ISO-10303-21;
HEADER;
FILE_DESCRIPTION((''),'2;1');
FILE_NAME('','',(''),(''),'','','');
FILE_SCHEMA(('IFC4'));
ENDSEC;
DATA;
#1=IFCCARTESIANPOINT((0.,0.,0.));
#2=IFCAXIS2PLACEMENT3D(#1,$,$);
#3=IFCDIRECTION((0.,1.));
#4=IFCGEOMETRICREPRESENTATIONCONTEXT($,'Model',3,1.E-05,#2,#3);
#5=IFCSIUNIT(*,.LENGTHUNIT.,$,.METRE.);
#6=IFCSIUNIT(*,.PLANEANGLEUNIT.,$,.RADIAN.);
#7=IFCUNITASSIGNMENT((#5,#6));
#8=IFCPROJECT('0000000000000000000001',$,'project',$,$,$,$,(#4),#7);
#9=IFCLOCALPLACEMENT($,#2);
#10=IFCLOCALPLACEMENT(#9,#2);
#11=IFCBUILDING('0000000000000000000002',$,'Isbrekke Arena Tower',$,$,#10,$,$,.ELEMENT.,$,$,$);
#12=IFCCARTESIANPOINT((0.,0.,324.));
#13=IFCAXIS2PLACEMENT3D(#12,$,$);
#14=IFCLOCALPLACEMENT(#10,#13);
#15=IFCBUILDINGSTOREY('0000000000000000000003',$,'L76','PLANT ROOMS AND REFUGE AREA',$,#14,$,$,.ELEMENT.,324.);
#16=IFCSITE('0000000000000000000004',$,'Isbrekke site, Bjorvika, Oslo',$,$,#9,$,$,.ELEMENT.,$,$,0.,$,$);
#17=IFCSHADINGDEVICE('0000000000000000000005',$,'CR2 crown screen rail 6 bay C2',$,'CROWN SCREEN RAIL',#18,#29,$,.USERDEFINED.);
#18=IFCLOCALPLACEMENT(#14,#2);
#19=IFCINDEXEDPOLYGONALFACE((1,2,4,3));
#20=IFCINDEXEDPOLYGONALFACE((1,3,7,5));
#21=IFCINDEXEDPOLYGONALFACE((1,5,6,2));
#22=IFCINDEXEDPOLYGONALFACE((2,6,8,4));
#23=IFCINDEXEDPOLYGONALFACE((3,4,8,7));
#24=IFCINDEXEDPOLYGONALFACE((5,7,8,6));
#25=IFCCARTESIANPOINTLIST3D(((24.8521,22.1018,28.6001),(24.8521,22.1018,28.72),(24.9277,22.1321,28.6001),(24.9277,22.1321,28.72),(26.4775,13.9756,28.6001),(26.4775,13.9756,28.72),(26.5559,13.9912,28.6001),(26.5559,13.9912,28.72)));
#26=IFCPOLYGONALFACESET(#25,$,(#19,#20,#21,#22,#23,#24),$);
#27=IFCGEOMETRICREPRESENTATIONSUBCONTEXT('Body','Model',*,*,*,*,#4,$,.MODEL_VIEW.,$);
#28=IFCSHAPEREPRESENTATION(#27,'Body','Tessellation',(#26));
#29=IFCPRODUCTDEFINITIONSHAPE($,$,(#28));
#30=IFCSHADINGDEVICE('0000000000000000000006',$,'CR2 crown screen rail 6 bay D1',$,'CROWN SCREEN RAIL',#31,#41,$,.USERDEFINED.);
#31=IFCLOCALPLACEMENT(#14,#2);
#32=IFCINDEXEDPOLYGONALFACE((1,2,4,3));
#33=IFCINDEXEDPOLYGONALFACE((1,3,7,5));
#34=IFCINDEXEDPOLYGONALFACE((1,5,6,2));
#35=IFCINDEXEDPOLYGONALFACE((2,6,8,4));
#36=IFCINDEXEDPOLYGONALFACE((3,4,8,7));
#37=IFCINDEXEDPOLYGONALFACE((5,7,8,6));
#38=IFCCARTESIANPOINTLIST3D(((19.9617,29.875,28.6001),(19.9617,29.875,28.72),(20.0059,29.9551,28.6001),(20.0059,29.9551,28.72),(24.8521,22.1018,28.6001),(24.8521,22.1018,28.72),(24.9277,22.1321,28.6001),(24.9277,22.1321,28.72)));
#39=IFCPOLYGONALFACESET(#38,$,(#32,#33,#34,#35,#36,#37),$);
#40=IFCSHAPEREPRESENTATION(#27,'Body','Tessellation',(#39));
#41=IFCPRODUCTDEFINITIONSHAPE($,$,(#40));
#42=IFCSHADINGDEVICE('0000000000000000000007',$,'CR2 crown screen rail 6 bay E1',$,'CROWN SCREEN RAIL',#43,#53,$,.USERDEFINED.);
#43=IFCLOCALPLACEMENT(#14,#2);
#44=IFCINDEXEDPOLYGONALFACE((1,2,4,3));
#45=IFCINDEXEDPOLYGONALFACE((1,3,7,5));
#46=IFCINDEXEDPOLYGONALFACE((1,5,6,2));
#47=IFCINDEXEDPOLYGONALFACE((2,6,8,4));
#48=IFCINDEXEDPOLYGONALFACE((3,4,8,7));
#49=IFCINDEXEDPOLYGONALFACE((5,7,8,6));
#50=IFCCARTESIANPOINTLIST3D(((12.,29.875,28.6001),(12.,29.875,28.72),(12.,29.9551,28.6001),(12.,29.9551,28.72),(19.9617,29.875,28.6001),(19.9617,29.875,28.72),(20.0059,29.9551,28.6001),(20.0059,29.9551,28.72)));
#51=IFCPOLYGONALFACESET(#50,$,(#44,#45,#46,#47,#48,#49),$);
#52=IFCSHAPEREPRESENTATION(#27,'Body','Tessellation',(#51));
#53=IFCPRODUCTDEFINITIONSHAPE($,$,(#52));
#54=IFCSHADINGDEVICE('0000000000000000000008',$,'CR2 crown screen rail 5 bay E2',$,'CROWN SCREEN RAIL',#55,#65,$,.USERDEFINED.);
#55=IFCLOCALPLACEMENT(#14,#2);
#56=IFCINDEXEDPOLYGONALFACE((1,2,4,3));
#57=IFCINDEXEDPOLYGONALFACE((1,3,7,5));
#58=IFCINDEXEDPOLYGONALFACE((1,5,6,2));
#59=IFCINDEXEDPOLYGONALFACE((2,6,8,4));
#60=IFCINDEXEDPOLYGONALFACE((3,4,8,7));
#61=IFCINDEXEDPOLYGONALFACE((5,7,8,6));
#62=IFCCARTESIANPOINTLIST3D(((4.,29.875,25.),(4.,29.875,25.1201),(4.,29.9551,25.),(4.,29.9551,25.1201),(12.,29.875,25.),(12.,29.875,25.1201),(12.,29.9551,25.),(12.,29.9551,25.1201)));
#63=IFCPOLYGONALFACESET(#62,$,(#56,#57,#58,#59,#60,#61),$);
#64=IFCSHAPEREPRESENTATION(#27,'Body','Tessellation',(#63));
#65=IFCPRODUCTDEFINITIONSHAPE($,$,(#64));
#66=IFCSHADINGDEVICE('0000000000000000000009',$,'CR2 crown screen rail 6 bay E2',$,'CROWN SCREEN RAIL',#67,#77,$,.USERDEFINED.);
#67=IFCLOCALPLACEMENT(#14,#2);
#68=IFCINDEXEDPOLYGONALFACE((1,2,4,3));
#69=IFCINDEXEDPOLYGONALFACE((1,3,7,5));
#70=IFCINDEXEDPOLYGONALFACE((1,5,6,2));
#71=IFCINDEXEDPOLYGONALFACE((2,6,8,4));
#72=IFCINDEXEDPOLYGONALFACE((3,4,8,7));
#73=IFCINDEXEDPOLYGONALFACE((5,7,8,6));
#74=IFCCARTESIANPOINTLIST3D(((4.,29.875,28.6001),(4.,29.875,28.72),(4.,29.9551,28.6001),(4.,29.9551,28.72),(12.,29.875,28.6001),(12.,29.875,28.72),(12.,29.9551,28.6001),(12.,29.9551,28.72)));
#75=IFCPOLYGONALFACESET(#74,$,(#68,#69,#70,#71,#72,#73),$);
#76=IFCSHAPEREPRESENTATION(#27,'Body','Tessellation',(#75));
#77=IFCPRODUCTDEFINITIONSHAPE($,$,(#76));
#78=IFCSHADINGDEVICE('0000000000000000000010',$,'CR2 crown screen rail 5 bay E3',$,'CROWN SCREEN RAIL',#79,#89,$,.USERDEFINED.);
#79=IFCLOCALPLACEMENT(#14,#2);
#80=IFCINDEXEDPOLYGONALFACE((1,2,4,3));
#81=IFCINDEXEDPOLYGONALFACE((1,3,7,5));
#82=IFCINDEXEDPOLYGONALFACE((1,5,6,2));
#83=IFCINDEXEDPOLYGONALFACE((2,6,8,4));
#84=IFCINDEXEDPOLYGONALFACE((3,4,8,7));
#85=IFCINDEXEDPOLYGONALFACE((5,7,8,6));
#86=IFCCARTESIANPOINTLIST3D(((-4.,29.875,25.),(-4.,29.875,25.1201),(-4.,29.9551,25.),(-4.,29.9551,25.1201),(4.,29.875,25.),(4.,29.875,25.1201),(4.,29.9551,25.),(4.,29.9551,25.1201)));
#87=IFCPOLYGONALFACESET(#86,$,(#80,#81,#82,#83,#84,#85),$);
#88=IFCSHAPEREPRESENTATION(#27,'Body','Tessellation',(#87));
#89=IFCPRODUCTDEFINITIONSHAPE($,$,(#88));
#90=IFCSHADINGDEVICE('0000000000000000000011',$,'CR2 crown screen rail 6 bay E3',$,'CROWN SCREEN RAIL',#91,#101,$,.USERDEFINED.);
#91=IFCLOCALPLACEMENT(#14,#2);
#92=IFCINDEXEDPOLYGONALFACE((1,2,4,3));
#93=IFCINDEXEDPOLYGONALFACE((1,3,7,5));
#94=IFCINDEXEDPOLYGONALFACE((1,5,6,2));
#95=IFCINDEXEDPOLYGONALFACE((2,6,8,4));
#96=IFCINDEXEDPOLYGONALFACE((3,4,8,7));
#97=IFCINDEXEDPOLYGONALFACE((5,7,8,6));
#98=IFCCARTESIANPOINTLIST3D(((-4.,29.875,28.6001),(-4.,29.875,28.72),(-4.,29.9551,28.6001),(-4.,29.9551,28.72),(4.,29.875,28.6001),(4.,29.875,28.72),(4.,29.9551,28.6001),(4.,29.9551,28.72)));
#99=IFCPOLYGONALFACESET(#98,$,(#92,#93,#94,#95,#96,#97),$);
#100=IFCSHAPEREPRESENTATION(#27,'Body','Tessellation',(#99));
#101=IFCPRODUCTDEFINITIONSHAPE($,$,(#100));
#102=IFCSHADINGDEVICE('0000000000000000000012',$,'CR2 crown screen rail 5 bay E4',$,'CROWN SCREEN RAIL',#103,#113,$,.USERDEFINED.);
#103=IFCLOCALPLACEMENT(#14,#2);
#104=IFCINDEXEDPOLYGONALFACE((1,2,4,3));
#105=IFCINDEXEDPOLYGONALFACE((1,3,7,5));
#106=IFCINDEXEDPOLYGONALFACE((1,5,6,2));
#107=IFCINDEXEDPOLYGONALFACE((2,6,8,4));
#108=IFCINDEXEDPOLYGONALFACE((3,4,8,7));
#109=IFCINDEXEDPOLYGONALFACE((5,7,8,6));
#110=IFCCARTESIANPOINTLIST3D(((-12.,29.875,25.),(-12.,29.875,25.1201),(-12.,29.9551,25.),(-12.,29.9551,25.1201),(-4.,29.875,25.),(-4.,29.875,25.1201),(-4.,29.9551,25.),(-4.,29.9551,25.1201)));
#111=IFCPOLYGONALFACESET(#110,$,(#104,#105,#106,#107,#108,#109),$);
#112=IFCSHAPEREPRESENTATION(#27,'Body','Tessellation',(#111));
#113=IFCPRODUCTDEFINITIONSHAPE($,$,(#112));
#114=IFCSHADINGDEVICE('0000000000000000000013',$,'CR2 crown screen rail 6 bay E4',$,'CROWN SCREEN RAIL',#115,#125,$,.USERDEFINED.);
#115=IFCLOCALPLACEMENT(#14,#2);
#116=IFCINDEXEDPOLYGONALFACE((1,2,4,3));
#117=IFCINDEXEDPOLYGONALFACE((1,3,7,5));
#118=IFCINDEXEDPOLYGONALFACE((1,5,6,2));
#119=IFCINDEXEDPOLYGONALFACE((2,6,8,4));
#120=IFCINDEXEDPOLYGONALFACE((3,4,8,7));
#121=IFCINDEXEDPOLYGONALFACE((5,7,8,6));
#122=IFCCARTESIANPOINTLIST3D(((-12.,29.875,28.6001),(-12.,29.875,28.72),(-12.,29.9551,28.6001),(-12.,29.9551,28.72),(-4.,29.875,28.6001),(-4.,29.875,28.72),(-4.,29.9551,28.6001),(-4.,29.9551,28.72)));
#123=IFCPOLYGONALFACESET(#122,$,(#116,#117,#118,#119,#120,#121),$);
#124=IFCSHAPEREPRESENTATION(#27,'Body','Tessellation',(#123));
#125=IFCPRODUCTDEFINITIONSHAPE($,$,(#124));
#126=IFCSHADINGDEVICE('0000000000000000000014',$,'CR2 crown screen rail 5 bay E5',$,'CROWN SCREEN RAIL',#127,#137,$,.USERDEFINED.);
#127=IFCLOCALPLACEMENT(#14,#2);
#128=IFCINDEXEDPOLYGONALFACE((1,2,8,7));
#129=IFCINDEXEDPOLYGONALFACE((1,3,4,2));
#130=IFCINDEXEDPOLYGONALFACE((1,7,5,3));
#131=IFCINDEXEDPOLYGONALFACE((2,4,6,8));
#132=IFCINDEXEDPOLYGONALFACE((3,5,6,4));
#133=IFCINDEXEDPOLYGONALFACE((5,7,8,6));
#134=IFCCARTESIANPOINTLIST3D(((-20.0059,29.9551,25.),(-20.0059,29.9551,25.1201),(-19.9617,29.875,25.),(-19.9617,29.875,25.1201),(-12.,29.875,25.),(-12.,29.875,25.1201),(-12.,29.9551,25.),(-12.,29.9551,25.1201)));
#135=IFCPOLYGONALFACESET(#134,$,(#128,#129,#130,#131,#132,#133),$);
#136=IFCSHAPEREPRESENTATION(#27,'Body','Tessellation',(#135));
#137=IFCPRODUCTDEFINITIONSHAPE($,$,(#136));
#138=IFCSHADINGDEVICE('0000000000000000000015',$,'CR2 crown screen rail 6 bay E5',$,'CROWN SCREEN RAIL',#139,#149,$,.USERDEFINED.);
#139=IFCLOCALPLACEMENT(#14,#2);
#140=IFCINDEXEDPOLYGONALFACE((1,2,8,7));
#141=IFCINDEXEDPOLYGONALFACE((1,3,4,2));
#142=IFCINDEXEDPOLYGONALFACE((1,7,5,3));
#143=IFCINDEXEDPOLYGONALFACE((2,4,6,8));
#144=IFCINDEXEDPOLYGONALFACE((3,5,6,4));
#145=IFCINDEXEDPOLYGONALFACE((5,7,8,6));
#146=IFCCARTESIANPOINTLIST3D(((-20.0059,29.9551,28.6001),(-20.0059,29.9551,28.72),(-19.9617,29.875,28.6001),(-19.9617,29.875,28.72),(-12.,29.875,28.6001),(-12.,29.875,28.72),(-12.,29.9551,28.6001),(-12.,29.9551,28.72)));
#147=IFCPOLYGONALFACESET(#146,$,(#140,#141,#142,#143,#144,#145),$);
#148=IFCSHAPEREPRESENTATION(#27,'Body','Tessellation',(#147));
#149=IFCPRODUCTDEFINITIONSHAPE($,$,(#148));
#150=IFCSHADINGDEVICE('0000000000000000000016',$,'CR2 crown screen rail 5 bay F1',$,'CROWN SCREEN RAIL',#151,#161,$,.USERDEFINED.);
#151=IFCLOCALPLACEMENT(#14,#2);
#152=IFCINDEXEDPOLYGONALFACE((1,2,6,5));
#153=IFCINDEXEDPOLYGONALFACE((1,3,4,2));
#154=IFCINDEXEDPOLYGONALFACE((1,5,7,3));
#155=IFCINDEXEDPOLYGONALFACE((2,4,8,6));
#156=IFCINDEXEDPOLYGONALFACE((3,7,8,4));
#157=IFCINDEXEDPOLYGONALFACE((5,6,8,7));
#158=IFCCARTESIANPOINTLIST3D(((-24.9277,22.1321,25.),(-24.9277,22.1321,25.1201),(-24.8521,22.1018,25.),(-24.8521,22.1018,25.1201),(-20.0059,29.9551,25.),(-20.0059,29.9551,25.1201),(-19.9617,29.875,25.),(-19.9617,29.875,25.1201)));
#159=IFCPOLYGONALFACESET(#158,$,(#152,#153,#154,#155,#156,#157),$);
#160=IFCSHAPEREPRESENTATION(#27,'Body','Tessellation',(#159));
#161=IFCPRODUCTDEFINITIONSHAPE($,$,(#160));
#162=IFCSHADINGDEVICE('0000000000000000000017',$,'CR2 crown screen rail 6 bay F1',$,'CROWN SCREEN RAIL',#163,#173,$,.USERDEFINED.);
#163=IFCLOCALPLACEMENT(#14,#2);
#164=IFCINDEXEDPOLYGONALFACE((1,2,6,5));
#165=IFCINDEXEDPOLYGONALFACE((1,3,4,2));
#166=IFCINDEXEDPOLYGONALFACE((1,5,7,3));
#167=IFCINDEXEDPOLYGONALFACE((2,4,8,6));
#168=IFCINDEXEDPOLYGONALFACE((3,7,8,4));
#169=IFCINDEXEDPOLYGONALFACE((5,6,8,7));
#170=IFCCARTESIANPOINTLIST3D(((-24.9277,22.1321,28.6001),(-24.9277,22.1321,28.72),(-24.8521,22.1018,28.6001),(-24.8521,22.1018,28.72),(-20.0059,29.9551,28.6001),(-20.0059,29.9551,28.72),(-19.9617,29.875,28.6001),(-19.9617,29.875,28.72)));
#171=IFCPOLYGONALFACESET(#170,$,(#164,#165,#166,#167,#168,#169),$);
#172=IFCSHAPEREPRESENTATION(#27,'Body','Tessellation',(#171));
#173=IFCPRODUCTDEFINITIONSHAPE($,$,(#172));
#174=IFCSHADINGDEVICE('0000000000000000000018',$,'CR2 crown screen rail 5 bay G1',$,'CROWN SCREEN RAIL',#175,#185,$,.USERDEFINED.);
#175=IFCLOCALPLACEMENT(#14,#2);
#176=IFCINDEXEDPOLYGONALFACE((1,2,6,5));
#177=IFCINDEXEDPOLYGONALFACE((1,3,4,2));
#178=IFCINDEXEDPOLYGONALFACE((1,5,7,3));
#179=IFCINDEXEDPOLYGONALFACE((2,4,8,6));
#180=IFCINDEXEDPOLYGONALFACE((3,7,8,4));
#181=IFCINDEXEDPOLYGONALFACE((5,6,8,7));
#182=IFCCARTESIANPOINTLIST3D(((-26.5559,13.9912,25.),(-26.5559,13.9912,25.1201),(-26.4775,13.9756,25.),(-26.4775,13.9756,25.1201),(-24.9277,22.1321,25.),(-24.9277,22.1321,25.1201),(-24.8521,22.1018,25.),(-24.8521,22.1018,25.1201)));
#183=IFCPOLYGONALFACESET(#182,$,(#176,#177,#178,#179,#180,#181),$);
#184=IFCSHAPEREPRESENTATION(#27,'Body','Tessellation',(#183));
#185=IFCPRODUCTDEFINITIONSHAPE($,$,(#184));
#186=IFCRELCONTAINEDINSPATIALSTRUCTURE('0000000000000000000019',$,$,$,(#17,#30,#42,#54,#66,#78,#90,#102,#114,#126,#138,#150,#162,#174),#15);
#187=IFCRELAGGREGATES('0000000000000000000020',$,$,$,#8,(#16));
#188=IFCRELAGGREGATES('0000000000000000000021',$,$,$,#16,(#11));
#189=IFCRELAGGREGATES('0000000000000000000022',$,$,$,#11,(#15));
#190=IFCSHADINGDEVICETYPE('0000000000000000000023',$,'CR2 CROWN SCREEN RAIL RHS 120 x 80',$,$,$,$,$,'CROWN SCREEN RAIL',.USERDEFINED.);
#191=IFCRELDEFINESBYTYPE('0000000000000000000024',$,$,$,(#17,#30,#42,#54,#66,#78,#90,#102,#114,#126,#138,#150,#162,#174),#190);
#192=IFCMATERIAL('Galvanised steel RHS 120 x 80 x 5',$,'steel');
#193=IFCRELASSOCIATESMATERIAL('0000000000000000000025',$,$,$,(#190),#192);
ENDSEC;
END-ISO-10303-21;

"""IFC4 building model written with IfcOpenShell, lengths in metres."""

from ifc_helpers import new_model, si_unit, direction, frame, origin, place, context, subcontext, project, spatial, polyline, outline, extrude, material, type_object, element, save


model = new_model("IFC4")

# Units and contexts
model_context = context("Model", 3, precision=1e-05, world=origin(), true_north=direction((0.0, 1.0)))
body_context = subcontext(model_context, "Body", "Model", "MODEL_VIEW")
ifc_project = project(units=[si_unit("LENGTHUNIT", "METRE"), si_unit("PLANEANGLEUNIT", "RADIAN")], contexts=[model_context])

# Site, building, storey
site_placement = place(None, origin())
site = spatial("IfcSite", under=ifc_project, at=site_placement, Name="Isbrekke site, Bjorvika, Oslo", CompositionType="ELEMENT", RefElevation=0.0)
building_placement = place(site_placement, origin())
building = spatial("IfcBuilding", under=site, at=building_placement, Name="Isbrekke Arena Tower", CompositionType="ELEMENT")
storey_placement = place(building_placement, frame((0.0, 0.0, 324.0)))
storey = spatial("IfcBuildingStorey", under=building, at=storey_placement, Name="L76", Description="PLANT ROOMS AND REFUGE AREA", CompositionType="ELEMENT", Elevation=324.0)

# Shading devices
ifc_material_1 = material(Name="Galvanised steel RHS 120 x 80 x 5", Category="steel")
shading_device_type = type_object("IfcShadingDeviceType", Name="CR2 CROWN SCREEN RAIL RHS 120 x 80", ElementType="CROWN SCREEN RAIL", PredefinedType="USERDEFINED", material=ifc_material_1)
shading_device_1_placement = place(storey_placement, frame((0.0, 0.0, 28.6001)))
element("IfcShadingDevice", 1, at=shading_device_1_placement, inside=storey, type_object=shading_device_type, Name="CR2 crown screen rail 6 bay C2", ObjectType="CROWN SCREEN RAIL", PredefinedType="USERDEFINED", context=body_context, shape_type="SweptSolid", body=[
    extrude(outline(polyline([(26.4775, 13.9756), (24.8521, 22.1018), (24.9277, 22.1321), (26.5559, 13.9912), (26.4775, 13.9756)])), origin(), (0.0, 0.0, 1.0), 0.1199),
])
shading_device_2_placement = place(storey_placement, frame((0.0, 0.0, 28.6001)))
element("IfcShadingDevice", 2, at=shading_device_2_placement, inside=storey, type_object=shading_device_type, Name="CR2 crown screen rail 6 bay D1", ObjectType="CROWN SCREEN RAIL", PredefinedType="USERDEFINED", context=body_context, shape_type="SweptSolid", body=[
    extrude(outline(polyline([(24.8521, 22.1018), (19.9617, 29.875), (20.0059, 29.9551), (24.9277, 22.1321), (24.8521, 22.1018)])), origin(), (0.0, 0.0, 1.0), 0.1199),
])
shading_device_3_placement = place(storey_placement, frame((0.0, 0.0, 28.6001)))
element("IfcShadingDevice", 3, at=shading_device_3_placement, inside=storey, type_object=shading_device_type, Name="CR2 crown screen rail 6 bay E1", ObjectType="CROWN SCREEN RAIL", PredefinedType="USERDEFINED", context=body_context, shape_type="SweptSolid", body=[
    extrude(outline(polyline([(19.9617, 29.875), (12.0, 29.875), (12.0, 29.9551), (20.0059, 29.9551), (19.9617, 29.875)])), origin(), (0.0, 0.0, 1.0), 0.1199),
])
shading_device_4_placement = place(storey_placement, frame((0.0, 0.0, 25.0)))
element("IfcShadingDevice", 4, at=shading_device_4_placement, inside=storey, type_object=shading_device_type, Name="CR2 crown screen rail 5 bay E2", ObjectType="CROWN SCREEN RAIL", PredefinedType="USERDEFINED", context=body_context, shape_type="SweptSolid", body=[
    extrude(outline(polyline([(12.0, 29.875), (4.0, 29.875), (4.0, 29.9551), (12.0, 29.9551), (12.0, 29.875)])), origin(), (0.0, 0.0, 1.0), 0.1201),
])
shading_device_5_placement = place(storey_placement, frame((0.0, 0.0, 28.6001)))
element("IfcShadingDevice", 5, at=shading_device_5_placement, inside=storey, type_object=shading_device_type, Name="CR2 crown screen rail 6 bay E2", ObjectType="CROWN SCREEN RAIL", PredefinedType="USERDEFINED", context=body_context, shape_type="SweptSolid", body=[
    extrude(outline(polyline([(12.0, 29.875), (4.0, 29.875), (4.0, 29.9551), (12.0, 29.9551), (12.0, 29.875)])), origin(), (0.0, 0.0, 1.0), 0.1199),
])
shading_device_6_placement = place(storey_placement, frame((0.0, 0.0, 25.0)))
element("IfcShadingDevice", 6, at=shading_device_6_placement, inside=storey, type_object=shading_device_type, Name="CR2 crown screen rail 5 bay E3", ObjectType="CROWN SCREEN RAIL", PredefinedType="USERDEFINED", context=body_context, shape_type="SweptSolid", body=[
    extrude(outline(polyline([(4.0, 29.875), (-4.0, 29.875), (-4.0, 29.9551), (4.0, 29.9551), (4.0, 29.875)])), origin(), (0.0, 0.0, 1.0), 0.1201),
])
shading_device_7_placement = place(storey_placement, frame((0.0, 0.0, 28.6001)))
element("IfcShadingDevice", 7, at=shading_device_7_placement, inside=storey, type_object=shading_device_type, Name="CR2 crown screen rail 6 bay E3", ObjectType="CROWN SCREEN RAIL", PredefinedType="USERDEFINED", context=body_context, shape_type="SweptSolid", body=[
    extrude(outline(polyline([(4.0, 29.875), (-4.0, 29.875), (-4.0, 29.9551), (4.0, 29.9551), (4.0, 29.875)])), origin(), (0.0, 0.0, 1.0), 0.1199),
])
shading_device_8_placement = place(storey_placement, frame((0.0, 0.0, 25.0)))
element("IfcShadingDevice", 8, at=shading_device_8_placement, inside=storey, type_object=shading_device_type, Name="CR2 crown screen rail 5 bay E4", ObjectType="CROWN SCREEN RAIL", PredefinedType="USERDEFINED", context=body_context, shape_type="SweptSolid", body=[
    extrude(outline(polyline([(-4.0, 29.875), (-12.0, 29.875), (-12.0, 29.9551), (-4.0, 29.9551), (-4.0, 29.875)])), origin(), (0.0, 0.0, 1.0), 0.1201),
])
shading_device_9_placement = place(storey_placement, frame((0.0, 0.0, 28.6001)))
element("IfcShadingDevice", 9, at=shading_device_9_placement, inside=storey, type_object=shading_device_type, Name="CR2 crown screen rail 6 bay E4", ObjectType="CROWN SCREEN RAIL", PredefinedType="USERDEFINED", context=body_context, shape_type="SweptSolid", body=[
    extrude(outline(polyline([(-4.0, 29.875), (-12.0, 29.875), (-12.0, 29.9551), (-4.0, 29.9551), (-4.0, 29.875)])), origin(), (0.0, 0.0, 1.0), 0.1199),
])
shading_device_10_placement = place(storey_placement, frame((0.0, 0.0, 25.0)))
element("IfcShadingDevice", 10, at=shading_device_10_placement, inside=storey, type_object=shading_device_type, Name="CR2 crown screen rail 5 bay E5", ObjectType="CROWN SCREEN RAIL", PredefinedType="USERDEFINED", context=body_context, shape_type="SweptSolid", body=[
    extrude(outline(polyline([(-12.0, 29.875), (-19.9617, 29.875), (-20.0059, 29.9551), (-12.0, 29.9551), (-12.0, 29.875)])), origin(), (0.0, 0.0, 1.0), 0.1201),
])
shading_device_11_placement = place(storey_placement, frame((0.0, 0.0, 28.6001)))
element("IfcShadingDevice", 11, at=shading_device_11_placement, inside=storey, type_object=shading_device_type, Name="CR2 crown screen rail 6 bay E5", ObjectType="CROWN SCREEN RAIL", PredefinedType="USERDEFINED", context=body_context, shape_type="SweptSolid", body=[
    extrude(outline(polyline([(-12.0, 29.875), (-19.9617, 29.875), (-20.0059, 29.9551), (-12.0, 29.9551), (-12.0, 29.875)])), origin(), (0.0, 0.0, 1.0), 0.1199),
])
shading_device_12_placement = place(storey_placement, frame((0.0, 0.0, 25.0)))
element("IfcShadingDevice", 12, at=shading_device_12_placement, inside=storey, type_object=shading_device_type, Name="CR2 crown screen rail 5 bay F1", ObjectType="CROWN SCREEN RAIL", PredefinedType="USERDEFINED", context=body_context, shape_type="SweptSolid", body=[
    extrude(outline(polyline([(-19.9617, 29.875), (-24.8521, 22.1018), (-24.9277, 22.1321), (-20.0059, 29.9551), (-19.9617, 29.875)])), origin(), (0.0, 0.0, 1.0), 0.1201),
])
shading_device_13_placement = place(storey_placement, frame((0.0, 0.0, 28.6001)))
element("IfcShadingDevice", 13, at=shading_device_13_placement, inside=storey, type_object=shading_device_type, Name="CR2 crown screen rail 6 bay F1", ObjectType="CROWN SCREEN RAIL", PredefinedType="USERDEFINED", context=body_context, shape_type="SweptSolid", body=[
    extrude(outline(polyline([(-19.9617, 29.875), (-24.8521, 22.1018), (-24.9277, 22.1321), (-20.0059, 29.9551), (-19.9617, 29.875)])), origin(), (0.0, 0.0, 1.0), 0.1199),
])
shading_device_14_placement = place(storey_placement, frame((0.0, 0.0, 25.0)))
element("IfcShadingDevice", 14, at=shading_device_14_placement, inside=storey, type_object=shading_device_type, Name="CR2 crown screen rail 5 bay G1", ObjectType="CROWN SCREEN RAIL", PredefinedType="USERDEFINED", context=body_context, shape_type="SweptSolid", body=[
    extrude(outline(polyline([(-24.8521, 22.1018), (-26.4775, 13.9756), (-26.5559, 13.9912), (-24.9277, 22.1321), (-24.8521, 22.1018)])), origin(), (0.0, 0.0, 1.0), 0.1201),
])

save(model, "model.ifc")
